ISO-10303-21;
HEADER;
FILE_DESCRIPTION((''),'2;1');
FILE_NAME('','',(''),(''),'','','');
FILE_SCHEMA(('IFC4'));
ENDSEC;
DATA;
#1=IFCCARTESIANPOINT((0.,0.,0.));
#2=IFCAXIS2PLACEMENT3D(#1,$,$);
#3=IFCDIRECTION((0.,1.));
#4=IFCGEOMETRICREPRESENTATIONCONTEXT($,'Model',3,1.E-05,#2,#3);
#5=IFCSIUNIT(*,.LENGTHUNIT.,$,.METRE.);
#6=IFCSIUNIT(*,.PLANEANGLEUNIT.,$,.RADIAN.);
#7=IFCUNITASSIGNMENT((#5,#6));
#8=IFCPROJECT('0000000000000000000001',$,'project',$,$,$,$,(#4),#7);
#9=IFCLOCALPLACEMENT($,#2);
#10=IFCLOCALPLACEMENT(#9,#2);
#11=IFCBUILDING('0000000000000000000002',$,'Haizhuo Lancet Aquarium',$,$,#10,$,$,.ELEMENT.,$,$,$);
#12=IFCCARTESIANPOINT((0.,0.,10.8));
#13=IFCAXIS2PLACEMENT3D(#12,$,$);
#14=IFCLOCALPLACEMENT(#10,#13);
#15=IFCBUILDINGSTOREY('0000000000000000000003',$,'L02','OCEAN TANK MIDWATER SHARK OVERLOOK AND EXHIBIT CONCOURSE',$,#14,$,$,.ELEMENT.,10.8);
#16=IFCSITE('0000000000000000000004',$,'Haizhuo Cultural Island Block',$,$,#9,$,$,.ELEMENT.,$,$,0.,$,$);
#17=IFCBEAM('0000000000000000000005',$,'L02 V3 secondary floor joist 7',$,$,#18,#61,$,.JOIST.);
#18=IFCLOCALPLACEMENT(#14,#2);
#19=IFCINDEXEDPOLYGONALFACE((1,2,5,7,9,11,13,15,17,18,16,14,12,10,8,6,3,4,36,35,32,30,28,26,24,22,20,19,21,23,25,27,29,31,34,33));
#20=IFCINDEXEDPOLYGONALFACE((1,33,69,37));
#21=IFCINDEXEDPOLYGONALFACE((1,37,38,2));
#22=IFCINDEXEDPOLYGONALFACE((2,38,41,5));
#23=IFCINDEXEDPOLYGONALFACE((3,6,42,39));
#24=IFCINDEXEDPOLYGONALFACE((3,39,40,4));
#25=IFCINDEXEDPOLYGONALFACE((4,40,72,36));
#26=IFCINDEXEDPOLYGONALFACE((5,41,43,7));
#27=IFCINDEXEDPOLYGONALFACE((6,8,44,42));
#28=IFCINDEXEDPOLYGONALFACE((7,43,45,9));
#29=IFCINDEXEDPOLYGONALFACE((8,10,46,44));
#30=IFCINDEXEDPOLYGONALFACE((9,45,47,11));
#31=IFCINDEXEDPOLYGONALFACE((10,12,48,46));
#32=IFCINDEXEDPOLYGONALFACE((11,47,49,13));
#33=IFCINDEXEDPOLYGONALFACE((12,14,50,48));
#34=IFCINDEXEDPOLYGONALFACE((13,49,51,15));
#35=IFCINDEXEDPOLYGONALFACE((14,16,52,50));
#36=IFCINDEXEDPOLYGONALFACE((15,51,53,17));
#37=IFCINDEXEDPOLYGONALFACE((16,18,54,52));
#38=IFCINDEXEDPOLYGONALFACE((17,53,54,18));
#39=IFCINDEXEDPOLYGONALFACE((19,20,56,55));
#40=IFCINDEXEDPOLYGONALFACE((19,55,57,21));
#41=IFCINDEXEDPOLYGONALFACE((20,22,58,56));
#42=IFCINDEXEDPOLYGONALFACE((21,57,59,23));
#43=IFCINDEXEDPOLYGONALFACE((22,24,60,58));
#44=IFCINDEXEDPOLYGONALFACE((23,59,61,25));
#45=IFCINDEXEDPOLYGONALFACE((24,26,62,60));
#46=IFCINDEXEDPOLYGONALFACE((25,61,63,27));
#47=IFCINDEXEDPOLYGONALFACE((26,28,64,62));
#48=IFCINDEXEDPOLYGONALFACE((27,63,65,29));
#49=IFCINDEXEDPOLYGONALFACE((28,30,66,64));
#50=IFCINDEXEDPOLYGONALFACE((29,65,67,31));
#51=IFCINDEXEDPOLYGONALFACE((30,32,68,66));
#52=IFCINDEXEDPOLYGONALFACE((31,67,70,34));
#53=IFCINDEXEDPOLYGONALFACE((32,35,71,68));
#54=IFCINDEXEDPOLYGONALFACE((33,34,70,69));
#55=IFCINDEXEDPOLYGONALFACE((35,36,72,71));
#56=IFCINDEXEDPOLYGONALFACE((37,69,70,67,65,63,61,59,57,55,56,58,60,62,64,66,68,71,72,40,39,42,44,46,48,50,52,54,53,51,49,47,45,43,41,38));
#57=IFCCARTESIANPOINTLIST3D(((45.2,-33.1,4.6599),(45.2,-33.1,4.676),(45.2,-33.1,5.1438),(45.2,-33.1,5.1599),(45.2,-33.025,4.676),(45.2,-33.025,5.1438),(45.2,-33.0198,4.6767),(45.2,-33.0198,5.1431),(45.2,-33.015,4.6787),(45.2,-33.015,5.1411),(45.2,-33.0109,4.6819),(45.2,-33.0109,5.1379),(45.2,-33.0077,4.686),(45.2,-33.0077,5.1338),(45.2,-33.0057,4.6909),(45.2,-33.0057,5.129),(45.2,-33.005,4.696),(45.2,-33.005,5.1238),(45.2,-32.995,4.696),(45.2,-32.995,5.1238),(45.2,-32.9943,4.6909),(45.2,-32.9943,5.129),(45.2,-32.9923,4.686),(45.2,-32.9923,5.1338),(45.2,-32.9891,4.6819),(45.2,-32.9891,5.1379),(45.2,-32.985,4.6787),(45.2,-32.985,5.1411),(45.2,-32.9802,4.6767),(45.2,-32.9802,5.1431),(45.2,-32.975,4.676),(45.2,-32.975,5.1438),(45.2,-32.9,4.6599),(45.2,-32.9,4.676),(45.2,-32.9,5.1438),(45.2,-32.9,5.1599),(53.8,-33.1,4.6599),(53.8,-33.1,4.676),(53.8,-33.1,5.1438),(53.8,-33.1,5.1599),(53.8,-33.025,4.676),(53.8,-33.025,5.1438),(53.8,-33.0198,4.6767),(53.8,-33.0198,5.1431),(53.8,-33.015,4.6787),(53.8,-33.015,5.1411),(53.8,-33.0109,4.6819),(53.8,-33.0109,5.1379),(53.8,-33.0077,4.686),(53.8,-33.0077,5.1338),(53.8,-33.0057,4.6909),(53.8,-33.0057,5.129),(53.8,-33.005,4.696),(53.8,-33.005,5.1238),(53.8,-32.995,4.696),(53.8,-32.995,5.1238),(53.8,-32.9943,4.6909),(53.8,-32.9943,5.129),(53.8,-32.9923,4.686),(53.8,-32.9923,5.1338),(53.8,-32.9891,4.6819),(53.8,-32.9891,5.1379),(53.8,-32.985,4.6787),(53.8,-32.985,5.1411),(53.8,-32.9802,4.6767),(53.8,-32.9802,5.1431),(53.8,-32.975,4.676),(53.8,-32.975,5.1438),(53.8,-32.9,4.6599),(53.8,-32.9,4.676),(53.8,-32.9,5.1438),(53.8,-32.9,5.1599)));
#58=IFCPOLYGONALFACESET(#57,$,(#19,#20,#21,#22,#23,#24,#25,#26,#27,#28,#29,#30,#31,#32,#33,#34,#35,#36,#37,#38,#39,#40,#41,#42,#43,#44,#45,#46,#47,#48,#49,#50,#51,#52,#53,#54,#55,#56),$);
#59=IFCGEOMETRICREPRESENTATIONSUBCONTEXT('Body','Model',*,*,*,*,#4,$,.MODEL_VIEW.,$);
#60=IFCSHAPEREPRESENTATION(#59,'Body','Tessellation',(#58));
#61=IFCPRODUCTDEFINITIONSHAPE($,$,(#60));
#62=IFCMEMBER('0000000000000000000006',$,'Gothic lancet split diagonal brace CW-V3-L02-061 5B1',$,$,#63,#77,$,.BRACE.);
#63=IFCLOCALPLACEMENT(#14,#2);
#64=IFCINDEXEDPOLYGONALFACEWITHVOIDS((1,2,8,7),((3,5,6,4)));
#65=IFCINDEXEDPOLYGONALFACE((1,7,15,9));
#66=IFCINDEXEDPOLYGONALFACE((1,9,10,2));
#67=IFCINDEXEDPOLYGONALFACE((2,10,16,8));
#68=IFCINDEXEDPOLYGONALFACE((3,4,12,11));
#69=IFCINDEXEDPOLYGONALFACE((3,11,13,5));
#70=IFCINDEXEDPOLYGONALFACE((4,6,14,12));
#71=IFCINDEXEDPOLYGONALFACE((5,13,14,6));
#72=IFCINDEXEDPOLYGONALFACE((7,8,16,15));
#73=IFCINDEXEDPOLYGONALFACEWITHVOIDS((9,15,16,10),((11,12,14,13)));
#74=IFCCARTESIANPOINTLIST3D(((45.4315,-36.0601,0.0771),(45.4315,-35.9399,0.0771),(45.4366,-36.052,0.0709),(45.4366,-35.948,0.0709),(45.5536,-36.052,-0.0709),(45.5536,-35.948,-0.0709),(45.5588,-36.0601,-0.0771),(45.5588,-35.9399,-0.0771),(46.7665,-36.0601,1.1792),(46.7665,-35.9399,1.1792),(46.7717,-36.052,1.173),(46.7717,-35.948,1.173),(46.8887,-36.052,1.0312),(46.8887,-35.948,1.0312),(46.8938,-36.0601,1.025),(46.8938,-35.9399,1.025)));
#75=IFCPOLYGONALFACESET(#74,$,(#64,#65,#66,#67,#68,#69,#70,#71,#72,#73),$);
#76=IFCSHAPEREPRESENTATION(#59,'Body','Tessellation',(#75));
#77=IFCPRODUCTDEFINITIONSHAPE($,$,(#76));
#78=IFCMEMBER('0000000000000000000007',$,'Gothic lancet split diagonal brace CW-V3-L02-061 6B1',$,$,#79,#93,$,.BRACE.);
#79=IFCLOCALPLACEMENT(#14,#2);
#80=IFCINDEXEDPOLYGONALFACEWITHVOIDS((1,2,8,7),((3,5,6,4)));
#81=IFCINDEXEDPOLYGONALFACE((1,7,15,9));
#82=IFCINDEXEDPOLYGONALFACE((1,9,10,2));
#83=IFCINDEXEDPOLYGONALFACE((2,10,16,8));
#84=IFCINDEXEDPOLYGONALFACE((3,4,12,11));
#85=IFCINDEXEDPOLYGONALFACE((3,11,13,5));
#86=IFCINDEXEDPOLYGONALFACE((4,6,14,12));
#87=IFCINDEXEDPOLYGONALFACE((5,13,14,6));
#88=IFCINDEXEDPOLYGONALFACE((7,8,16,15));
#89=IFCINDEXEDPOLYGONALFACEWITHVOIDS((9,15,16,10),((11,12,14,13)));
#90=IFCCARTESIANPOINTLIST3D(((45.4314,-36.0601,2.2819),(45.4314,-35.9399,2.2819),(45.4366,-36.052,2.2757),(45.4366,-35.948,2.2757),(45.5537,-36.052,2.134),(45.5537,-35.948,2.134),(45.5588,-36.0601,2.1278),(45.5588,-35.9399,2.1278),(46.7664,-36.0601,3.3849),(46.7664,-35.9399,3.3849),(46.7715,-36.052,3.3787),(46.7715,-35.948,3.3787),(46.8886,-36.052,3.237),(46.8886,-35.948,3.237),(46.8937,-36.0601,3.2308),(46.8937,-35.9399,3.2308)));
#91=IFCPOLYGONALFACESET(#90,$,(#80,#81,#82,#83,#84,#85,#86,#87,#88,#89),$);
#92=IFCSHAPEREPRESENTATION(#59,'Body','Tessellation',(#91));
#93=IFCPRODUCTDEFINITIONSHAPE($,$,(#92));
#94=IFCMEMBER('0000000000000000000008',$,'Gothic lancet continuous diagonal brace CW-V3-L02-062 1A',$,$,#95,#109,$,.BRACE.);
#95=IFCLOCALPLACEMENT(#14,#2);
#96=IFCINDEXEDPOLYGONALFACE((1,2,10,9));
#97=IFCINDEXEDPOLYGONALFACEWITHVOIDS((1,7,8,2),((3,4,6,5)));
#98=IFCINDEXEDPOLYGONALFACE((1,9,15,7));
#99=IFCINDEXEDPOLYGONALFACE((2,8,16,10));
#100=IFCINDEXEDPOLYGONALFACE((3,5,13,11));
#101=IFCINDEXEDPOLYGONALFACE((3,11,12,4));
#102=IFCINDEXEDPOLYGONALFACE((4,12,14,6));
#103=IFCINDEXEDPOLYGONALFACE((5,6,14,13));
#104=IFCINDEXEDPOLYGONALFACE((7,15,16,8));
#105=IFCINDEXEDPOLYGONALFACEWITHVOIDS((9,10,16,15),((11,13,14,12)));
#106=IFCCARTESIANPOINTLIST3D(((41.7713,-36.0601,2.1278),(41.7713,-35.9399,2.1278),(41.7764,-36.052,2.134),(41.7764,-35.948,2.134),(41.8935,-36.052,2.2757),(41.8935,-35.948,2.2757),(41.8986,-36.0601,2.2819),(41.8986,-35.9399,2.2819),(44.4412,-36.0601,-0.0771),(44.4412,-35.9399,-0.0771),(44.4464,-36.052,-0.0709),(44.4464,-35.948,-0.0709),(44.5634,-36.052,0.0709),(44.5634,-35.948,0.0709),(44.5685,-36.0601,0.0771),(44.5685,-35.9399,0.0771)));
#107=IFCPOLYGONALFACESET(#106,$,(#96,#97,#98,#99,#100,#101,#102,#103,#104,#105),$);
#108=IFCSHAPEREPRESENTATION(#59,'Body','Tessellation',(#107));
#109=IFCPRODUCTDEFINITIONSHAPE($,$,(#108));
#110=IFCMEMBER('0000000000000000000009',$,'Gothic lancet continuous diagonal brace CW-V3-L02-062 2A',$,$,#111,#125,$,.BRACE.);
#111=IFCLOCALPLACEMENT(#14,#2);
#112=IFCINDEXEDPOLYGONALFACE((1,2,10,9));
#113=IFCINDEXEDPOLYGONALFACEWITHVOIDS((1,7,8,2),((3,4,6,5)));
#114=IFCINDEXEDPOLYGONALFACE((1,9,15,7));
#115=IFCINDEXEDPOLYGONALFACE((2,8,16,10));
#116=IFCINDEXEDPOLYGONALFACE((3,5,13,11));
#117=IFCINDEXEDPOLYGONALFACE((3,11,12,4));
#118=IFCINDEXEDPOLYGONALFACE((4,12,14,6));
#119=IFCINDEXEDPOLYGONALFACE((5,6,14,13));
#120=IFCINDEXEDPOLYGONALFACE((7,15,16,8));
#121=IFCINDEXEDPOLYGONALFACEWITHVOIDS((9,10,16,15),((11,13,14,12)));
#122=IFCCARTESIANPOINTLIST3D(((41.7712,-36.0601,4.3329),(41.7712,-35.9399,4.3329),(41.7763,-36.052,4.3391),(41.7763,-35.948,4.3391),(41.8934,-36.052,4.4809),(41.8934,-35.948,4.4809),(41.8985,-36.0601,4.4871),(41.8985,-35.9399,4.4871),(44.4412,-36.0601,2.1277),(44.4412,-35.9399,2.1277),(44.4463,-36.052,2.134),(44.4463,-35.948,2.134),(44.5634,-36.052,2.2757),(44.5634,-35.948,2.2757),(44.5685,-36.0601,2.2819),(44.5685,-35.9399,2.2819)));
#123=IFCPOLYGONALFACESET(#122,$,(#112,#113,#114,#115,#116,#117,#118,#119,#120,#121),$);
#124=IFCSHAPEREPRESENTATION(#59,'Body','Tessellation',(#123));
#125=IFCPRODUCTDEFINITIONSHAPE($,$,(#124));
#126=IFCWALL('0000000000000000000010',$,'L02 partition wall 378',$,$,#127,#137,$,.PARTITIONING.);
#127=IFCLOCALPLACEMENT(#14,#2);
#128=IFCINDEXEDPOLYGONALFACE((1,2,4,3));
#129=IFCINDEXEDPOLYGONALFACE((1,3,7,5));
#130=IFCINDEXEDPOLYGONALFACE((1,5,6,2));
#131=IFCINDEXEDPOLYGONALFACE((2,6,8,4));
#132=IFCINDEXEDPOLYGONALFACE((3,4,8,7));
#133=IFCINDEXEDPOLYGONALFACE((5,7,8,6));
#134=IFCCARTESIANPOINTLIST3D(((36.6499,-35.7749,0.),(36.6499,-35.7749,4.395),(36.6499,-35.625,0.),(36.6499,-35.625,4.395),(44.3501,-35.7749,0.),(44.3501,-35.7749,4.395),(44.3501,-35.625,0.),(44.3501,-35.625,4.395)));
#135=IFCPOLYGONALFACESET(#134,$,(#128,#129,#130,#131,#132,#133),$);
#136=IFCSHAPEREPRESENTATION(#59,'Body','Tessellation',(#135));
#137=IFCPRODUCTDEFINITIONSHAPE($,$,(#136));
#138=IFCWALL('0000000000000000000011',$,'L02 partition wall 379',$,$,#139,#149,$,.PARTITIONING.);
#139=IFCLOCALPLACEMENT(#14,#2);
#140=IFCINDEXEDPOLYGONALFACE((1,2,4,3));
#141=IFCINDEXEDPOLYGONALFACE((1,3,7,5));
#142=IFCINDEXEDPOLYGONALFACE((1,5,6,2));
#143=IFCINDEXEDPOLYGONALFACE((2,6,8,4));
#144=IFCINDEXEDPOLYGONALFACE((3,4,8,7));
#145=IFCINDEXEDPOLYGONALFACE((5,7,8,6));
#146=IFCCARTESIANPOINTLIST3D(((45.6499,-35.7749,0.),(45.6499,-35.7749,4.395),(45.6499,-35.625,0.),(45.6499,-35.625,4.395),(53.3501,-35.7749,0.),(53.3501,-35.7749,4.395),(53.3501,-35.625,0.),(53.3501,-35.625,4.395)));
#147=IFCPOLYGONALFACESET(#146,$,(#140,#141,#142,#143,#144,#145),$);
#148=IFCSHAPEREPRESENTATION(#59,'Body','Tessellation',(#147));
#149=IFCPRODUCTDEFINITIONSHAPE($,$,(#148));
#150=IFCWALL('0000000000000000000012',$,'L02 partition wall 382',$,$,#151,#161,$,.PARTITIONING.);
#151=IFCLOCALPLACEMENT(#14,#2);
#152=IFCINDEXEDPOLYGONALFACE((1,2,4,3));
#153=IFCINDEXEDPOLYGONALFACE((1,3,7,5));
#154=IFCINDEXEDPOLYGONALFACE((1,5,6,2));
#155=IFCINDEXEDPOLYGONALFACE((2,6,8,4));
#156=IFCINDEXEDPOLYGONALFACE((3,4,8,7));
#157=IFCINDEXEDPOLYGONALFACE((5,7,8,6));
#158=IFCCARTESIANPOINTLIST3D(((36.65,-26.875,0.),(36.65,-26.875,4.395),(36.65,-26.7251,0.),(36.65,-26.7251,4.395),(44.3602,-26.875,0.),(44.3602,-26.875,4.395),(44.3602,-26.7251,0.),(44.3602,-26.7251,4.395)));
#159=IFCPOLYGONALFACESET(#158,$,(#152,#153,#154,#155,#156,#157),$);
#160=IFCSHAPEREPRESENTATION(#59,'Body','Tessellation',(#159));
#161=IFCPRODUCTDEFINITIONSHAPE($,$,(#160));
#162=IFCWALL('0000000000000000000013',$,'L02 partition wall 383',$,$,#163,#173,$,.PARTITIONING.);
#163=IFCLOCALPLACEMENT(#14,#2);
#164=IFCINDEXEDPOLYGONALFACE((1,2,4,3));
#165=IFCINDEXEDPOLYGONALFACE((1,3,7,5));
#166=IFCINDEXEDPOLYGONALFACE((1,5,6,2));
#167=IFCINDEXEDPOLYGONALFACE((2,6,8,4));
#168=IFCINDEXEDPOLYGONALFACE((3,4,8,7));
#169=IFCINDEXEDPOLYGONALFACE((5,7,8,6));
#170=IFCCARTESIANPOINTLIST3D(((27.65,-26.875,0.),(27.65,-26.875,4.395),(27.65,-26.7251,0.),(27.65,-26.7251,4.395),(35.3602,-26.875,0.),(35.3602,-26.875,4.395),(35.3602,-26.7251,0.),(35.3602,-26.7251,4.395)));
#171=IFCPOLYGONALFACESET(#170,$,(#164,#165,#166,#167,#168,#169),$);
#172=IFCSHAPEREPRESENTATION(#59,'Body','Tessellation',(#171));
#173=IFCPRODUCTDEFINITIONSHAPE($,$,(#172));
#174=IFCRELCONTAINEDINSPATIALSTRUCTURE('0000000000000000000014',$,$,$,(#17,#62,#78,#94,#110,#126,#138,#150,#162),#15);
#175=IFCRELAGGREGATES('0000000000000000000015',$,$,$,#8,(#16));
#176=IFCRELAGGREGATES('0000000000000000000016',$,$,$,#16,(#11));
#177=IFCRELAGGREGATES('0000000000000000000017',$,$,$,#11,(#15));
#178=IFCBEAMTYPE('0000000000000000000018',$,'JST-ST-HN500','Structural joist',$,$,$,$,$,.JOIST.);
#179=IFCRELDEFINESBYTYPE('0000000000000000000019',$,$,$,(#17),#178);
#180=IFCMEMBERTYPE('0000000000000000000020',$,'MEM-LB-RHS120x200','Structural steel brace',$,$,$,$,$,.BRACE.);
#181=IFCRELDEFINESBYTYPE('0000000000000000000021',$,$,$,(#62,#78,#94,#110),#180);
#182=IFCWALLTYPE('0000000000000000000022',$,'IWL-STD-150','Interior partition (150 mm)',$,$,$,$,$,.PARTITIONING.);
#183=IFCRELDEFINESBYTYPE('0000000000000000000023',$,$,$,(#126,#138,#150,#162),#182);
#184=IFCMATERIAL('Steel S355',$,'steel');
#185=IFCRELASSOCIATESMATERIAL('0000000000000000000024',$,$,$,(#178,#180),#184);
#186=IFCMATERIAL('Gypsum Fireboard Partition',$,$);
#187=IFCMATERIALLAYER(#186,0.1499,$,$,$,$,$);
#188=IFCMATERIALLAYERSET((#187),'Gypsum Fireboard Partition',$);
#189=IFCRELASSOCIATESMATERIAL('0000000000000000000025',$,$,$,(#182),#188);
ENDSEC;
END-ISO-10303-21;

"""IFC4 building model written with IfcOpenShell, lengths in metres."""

from ifc_helpers import new_model, si_unit, direction, frame, frame_2d, origin, origin_2d, place, context, subcontext, project, spatial, rectangle, hollow_rectangle, i_section, extrude, material, layer, layer_set, material_profile, profile_set, type_object, element, save


model = new_model("IFC4")

# Units and contexts
model_context = context("Model", 3, precision=1e-05, world=origin(), true_north=direction((0.0, 1.0)))
body_context = subcontext(model_context, "Body", "Model", "MODEL_VIEW")
ifc_project = project(units=[si_unit("LENGTHUNIT", "METRE"), si_unit("PLANEANGLEUNIT", "RADIAN")], contexts=[model_context])

# Site, building, storey
site_placement = place(None, origin())
site = spatial("IfcSite", under=ifc_project, at=site_placement, Name="Haizhuo Cultural Island Block", CompositionType="ELEMENT", RefElevation=0.0)
building_placement = place(site_placement, origin())
building = spatial("IfcBuilding", under=site, at=building_placement, Name="Haizhuo Lancet Aquarium", CompositionType="ELEMENT")
storey_placement = place(building_placement, frame((0.0, 0.0, 10.8)))
storey = spatial("IfcBuildingStorey", under=building, at=storey_placement, Name="L02", Description="OCEAN TANK MIDWATER SHARK OVERLOOK AND EXHIBIT CONCOURSE", CompositionType="ELEMENT", Elevation=10.8)

# Beam
ifc_material_1 = material(Name="Steel S355", Category="steel")
ifc_material_profile_1 = material_profile(ifc_material_1, i_section(OverallWidth=0.2, OverallDepth=0.5, WebThickness=0.01, FlangeThickness=0.0161, FilletRadius=0.02, at=origin_2d()), Name="HN 500x200x10x16")
ifc_profile_set_1 = profile_set([ifc_material_profile_1], Name="Steel S355")
beam_type_1 = type_object("IfcBeamType", Name="JST-ST-HN500", Description="Structural joist", PredefinedType="JOIST", material=ifc_profile_set_1)
beam_1_placement = place(storey_placement, frame((45.2, -33.0, 4.9099), z_axis=(1.0, 0.0, 0.0), x_axis=(0.0, 1.0, 0.0)))
element("IfcBeam", 1, at=beam_1_placement, inside=storey, type_object=beam_type_1, Name="L02 V3 secondary floor joist 7", PredefinedType="JOIST", context=body_context, shape_type="SweptSolid", body=[
    extrude(i_section(OverallWidth=0.2, OverallDepth=0.5, WebThickness=0.01, FlangeThickness=0.0161, FilletRadius=0.02, at=origin_2d()), origin(), (0.0, 0.0, 1.0), 8.6001),
])

# Members
ifc_material_profile_2 = material_profile(ifc_material_1, hollow_rectangle(XDim=0.1201, YDim=0.2, WallThickness=0.0081, at=origin_2d()), Name="RHS 120x200x8")
ifc_profile_set_2 = profile_set([ifc_material_profile_2], Name="Steel S355")
member_type_1 = type_object("IfcMemberType", Name="MEM-LB-RHS120x200", Description="Structural steel brace", PredefinedType="BRACE", material=ifc_profile_set_2)
member_1_placement = place(storey_placement, frame((45.4951, -36.0, 0.0), z_axis=(0.771172, 0.0, 0.636626), x_axis=(0.0, 1.0, 0.0)))
element("IfcMember", 2, at=member_1_placement, inside=storey, type_object=member_type_1, Name="Gothic lancet split diagonal brace CW-V3-L02-061 5B1", PredefinedType="BRACE", context=body_context, shape_type="SweptSolid", body=[
    extrude(hollow_rectangle(XDim=0.1201, YDim=0.2, WallThickness=0.0081, at=origin_2d()), origin(), (0.0, 0.0, 1.0), 1.7312),
])
member_2_placement = place(storey_placement, frame((45.4951, -36.0, 2.2048), z_axis=(0.770896, 0.0, 0.636962), x_axis=(0.0, 1.0, 0.0)))
element("IfcMember", 3, at=member_2_placement, inside=storey, type_object=member_type_1, Name="Gothic lancet split diagonal brace CW-V3-L02-061 6B1", PredefinedType="BRACE", context=body_context, shape_type="SweptSolid", body=[
    extrude(hollow_rectangle(XDim=0.1201, YDim=0.2, WallThickness=0.0081, at=origin_2d()), origin(), (0.0, 0.0, 1.0), 1.7317),
])
member_3_placement = place(storey_placement, frame((44.5049, -36.0, 0.0), z_axis=(-0.771069, 0.0, 0.636752), x_axis=(0.0, -1.0, 0.0)))
element("IfcMember", 4, at=member_3_placement, inside=storey, type_object=member_type_1, Name="Gothic lancet continuous diagonal brace CW-V3-L02-062 1A", PredefinedType="BRACE", context=body_context, shape_type="SweptSolid", body=[
    extrude(hollow_rectangle(XDim=0.1201, YDim=0.2, WallThickness=0.0081, at=origin_2d()), origin(), (0.0, 0.0, 1.0), 3.4626),
])
member_4_placement = place(storey_placement, frame((44.5049, -36.0, 2.2048), z_axis=(-0.771034, 0.0, 0.636794), x_axis=(0.0, -1.0, 0.0)))
element("IfcMember", 5, at=member_4_placement, inside=storey, type_object=member_type_1, Name="Gothic lancet continuous diagonal brace CW-V3-L02-062 2A", PredefinedType="BRACE", context=body_context, shape_type="SweptSolid", body=[
    extrude(hollow_rectangle(XDim=0.1201, YDim=0.2, WallThickness=0.0081, at=origin_2d()), origin(), (0.0, 0.0, 1.0), 3.4629),
])

# Walls
ifc_material_2 = material(Name="Gypsum Fireboard Partition")
ifc_layer = layer(ifc_material_2, 0.1499)
ifc_layer_set = layer_set([ifc_layer], Name="Gypsum Fireboard Partition")
wall_type = type_object("IfcWallType", Name="IWL-STD-150", Description="Interior partition (150 mm)", PredefinedType="PARTITIONING", material=ifc_layer_set)
for number, where, z_axis, x_axis, name in (
    (6, (36.6499, -35.7, 0.0), (0.0, 0.0, 1.0), (1.0, 0.0, 0.0), "L02 partition wall 378"),
    (7, (45.6499, -35.7, 0.0), (0.0, 0.0, 1.0), (1.0, 0.0, 0.0), "L02 partition wall 379"),
):
    element("IfcWall", number, at=place(storey_placement, frame(where, z_axis=z_axis, x_axis=x_axis)), inside=storey, type_object=wall_type, Name=name, PredefinedType="PARTITIONING", context=body_context, shape_type="SweptSolid", body=[
        extrude(rectangle(XDim=7.7002, YDim=0.1499, at=frame_2d((3.8501, 0.0))), origin(), (0.0, 0.0, 1.0), 4.395),
    ])
for number, where, z_axis, x_axis, name in (
    (8, (44.3601, -26.8, 0.0), (0.0, 0.0, 1.0), (-1.0, 0.0, 0.0), "L02 partition wall 382"),
    (9, (35.3601, -26.8, 0.0), (0.0, 0.0, 1.0), (-1.0, 0.0, 0.0), "L02 partition wall 383"),
):
    element("IfcWall", number, at=place(storey_placement, frame(where, z_axis=z_axis, x_axis=x_axis)), inside=storey, type_object=wall_type, Name=name, PredefinedType="PARTITIONING", context=body_context, shape_type="SweptSolid", body=[
        extrude(rectangle(XDim=7.7102, YDim=0.1499, at=frame_2d((3.855, 0.0))), origin(), (0.0, 0.0, 1.0), 4.395),
    ])

save(model, "model.ifc")
